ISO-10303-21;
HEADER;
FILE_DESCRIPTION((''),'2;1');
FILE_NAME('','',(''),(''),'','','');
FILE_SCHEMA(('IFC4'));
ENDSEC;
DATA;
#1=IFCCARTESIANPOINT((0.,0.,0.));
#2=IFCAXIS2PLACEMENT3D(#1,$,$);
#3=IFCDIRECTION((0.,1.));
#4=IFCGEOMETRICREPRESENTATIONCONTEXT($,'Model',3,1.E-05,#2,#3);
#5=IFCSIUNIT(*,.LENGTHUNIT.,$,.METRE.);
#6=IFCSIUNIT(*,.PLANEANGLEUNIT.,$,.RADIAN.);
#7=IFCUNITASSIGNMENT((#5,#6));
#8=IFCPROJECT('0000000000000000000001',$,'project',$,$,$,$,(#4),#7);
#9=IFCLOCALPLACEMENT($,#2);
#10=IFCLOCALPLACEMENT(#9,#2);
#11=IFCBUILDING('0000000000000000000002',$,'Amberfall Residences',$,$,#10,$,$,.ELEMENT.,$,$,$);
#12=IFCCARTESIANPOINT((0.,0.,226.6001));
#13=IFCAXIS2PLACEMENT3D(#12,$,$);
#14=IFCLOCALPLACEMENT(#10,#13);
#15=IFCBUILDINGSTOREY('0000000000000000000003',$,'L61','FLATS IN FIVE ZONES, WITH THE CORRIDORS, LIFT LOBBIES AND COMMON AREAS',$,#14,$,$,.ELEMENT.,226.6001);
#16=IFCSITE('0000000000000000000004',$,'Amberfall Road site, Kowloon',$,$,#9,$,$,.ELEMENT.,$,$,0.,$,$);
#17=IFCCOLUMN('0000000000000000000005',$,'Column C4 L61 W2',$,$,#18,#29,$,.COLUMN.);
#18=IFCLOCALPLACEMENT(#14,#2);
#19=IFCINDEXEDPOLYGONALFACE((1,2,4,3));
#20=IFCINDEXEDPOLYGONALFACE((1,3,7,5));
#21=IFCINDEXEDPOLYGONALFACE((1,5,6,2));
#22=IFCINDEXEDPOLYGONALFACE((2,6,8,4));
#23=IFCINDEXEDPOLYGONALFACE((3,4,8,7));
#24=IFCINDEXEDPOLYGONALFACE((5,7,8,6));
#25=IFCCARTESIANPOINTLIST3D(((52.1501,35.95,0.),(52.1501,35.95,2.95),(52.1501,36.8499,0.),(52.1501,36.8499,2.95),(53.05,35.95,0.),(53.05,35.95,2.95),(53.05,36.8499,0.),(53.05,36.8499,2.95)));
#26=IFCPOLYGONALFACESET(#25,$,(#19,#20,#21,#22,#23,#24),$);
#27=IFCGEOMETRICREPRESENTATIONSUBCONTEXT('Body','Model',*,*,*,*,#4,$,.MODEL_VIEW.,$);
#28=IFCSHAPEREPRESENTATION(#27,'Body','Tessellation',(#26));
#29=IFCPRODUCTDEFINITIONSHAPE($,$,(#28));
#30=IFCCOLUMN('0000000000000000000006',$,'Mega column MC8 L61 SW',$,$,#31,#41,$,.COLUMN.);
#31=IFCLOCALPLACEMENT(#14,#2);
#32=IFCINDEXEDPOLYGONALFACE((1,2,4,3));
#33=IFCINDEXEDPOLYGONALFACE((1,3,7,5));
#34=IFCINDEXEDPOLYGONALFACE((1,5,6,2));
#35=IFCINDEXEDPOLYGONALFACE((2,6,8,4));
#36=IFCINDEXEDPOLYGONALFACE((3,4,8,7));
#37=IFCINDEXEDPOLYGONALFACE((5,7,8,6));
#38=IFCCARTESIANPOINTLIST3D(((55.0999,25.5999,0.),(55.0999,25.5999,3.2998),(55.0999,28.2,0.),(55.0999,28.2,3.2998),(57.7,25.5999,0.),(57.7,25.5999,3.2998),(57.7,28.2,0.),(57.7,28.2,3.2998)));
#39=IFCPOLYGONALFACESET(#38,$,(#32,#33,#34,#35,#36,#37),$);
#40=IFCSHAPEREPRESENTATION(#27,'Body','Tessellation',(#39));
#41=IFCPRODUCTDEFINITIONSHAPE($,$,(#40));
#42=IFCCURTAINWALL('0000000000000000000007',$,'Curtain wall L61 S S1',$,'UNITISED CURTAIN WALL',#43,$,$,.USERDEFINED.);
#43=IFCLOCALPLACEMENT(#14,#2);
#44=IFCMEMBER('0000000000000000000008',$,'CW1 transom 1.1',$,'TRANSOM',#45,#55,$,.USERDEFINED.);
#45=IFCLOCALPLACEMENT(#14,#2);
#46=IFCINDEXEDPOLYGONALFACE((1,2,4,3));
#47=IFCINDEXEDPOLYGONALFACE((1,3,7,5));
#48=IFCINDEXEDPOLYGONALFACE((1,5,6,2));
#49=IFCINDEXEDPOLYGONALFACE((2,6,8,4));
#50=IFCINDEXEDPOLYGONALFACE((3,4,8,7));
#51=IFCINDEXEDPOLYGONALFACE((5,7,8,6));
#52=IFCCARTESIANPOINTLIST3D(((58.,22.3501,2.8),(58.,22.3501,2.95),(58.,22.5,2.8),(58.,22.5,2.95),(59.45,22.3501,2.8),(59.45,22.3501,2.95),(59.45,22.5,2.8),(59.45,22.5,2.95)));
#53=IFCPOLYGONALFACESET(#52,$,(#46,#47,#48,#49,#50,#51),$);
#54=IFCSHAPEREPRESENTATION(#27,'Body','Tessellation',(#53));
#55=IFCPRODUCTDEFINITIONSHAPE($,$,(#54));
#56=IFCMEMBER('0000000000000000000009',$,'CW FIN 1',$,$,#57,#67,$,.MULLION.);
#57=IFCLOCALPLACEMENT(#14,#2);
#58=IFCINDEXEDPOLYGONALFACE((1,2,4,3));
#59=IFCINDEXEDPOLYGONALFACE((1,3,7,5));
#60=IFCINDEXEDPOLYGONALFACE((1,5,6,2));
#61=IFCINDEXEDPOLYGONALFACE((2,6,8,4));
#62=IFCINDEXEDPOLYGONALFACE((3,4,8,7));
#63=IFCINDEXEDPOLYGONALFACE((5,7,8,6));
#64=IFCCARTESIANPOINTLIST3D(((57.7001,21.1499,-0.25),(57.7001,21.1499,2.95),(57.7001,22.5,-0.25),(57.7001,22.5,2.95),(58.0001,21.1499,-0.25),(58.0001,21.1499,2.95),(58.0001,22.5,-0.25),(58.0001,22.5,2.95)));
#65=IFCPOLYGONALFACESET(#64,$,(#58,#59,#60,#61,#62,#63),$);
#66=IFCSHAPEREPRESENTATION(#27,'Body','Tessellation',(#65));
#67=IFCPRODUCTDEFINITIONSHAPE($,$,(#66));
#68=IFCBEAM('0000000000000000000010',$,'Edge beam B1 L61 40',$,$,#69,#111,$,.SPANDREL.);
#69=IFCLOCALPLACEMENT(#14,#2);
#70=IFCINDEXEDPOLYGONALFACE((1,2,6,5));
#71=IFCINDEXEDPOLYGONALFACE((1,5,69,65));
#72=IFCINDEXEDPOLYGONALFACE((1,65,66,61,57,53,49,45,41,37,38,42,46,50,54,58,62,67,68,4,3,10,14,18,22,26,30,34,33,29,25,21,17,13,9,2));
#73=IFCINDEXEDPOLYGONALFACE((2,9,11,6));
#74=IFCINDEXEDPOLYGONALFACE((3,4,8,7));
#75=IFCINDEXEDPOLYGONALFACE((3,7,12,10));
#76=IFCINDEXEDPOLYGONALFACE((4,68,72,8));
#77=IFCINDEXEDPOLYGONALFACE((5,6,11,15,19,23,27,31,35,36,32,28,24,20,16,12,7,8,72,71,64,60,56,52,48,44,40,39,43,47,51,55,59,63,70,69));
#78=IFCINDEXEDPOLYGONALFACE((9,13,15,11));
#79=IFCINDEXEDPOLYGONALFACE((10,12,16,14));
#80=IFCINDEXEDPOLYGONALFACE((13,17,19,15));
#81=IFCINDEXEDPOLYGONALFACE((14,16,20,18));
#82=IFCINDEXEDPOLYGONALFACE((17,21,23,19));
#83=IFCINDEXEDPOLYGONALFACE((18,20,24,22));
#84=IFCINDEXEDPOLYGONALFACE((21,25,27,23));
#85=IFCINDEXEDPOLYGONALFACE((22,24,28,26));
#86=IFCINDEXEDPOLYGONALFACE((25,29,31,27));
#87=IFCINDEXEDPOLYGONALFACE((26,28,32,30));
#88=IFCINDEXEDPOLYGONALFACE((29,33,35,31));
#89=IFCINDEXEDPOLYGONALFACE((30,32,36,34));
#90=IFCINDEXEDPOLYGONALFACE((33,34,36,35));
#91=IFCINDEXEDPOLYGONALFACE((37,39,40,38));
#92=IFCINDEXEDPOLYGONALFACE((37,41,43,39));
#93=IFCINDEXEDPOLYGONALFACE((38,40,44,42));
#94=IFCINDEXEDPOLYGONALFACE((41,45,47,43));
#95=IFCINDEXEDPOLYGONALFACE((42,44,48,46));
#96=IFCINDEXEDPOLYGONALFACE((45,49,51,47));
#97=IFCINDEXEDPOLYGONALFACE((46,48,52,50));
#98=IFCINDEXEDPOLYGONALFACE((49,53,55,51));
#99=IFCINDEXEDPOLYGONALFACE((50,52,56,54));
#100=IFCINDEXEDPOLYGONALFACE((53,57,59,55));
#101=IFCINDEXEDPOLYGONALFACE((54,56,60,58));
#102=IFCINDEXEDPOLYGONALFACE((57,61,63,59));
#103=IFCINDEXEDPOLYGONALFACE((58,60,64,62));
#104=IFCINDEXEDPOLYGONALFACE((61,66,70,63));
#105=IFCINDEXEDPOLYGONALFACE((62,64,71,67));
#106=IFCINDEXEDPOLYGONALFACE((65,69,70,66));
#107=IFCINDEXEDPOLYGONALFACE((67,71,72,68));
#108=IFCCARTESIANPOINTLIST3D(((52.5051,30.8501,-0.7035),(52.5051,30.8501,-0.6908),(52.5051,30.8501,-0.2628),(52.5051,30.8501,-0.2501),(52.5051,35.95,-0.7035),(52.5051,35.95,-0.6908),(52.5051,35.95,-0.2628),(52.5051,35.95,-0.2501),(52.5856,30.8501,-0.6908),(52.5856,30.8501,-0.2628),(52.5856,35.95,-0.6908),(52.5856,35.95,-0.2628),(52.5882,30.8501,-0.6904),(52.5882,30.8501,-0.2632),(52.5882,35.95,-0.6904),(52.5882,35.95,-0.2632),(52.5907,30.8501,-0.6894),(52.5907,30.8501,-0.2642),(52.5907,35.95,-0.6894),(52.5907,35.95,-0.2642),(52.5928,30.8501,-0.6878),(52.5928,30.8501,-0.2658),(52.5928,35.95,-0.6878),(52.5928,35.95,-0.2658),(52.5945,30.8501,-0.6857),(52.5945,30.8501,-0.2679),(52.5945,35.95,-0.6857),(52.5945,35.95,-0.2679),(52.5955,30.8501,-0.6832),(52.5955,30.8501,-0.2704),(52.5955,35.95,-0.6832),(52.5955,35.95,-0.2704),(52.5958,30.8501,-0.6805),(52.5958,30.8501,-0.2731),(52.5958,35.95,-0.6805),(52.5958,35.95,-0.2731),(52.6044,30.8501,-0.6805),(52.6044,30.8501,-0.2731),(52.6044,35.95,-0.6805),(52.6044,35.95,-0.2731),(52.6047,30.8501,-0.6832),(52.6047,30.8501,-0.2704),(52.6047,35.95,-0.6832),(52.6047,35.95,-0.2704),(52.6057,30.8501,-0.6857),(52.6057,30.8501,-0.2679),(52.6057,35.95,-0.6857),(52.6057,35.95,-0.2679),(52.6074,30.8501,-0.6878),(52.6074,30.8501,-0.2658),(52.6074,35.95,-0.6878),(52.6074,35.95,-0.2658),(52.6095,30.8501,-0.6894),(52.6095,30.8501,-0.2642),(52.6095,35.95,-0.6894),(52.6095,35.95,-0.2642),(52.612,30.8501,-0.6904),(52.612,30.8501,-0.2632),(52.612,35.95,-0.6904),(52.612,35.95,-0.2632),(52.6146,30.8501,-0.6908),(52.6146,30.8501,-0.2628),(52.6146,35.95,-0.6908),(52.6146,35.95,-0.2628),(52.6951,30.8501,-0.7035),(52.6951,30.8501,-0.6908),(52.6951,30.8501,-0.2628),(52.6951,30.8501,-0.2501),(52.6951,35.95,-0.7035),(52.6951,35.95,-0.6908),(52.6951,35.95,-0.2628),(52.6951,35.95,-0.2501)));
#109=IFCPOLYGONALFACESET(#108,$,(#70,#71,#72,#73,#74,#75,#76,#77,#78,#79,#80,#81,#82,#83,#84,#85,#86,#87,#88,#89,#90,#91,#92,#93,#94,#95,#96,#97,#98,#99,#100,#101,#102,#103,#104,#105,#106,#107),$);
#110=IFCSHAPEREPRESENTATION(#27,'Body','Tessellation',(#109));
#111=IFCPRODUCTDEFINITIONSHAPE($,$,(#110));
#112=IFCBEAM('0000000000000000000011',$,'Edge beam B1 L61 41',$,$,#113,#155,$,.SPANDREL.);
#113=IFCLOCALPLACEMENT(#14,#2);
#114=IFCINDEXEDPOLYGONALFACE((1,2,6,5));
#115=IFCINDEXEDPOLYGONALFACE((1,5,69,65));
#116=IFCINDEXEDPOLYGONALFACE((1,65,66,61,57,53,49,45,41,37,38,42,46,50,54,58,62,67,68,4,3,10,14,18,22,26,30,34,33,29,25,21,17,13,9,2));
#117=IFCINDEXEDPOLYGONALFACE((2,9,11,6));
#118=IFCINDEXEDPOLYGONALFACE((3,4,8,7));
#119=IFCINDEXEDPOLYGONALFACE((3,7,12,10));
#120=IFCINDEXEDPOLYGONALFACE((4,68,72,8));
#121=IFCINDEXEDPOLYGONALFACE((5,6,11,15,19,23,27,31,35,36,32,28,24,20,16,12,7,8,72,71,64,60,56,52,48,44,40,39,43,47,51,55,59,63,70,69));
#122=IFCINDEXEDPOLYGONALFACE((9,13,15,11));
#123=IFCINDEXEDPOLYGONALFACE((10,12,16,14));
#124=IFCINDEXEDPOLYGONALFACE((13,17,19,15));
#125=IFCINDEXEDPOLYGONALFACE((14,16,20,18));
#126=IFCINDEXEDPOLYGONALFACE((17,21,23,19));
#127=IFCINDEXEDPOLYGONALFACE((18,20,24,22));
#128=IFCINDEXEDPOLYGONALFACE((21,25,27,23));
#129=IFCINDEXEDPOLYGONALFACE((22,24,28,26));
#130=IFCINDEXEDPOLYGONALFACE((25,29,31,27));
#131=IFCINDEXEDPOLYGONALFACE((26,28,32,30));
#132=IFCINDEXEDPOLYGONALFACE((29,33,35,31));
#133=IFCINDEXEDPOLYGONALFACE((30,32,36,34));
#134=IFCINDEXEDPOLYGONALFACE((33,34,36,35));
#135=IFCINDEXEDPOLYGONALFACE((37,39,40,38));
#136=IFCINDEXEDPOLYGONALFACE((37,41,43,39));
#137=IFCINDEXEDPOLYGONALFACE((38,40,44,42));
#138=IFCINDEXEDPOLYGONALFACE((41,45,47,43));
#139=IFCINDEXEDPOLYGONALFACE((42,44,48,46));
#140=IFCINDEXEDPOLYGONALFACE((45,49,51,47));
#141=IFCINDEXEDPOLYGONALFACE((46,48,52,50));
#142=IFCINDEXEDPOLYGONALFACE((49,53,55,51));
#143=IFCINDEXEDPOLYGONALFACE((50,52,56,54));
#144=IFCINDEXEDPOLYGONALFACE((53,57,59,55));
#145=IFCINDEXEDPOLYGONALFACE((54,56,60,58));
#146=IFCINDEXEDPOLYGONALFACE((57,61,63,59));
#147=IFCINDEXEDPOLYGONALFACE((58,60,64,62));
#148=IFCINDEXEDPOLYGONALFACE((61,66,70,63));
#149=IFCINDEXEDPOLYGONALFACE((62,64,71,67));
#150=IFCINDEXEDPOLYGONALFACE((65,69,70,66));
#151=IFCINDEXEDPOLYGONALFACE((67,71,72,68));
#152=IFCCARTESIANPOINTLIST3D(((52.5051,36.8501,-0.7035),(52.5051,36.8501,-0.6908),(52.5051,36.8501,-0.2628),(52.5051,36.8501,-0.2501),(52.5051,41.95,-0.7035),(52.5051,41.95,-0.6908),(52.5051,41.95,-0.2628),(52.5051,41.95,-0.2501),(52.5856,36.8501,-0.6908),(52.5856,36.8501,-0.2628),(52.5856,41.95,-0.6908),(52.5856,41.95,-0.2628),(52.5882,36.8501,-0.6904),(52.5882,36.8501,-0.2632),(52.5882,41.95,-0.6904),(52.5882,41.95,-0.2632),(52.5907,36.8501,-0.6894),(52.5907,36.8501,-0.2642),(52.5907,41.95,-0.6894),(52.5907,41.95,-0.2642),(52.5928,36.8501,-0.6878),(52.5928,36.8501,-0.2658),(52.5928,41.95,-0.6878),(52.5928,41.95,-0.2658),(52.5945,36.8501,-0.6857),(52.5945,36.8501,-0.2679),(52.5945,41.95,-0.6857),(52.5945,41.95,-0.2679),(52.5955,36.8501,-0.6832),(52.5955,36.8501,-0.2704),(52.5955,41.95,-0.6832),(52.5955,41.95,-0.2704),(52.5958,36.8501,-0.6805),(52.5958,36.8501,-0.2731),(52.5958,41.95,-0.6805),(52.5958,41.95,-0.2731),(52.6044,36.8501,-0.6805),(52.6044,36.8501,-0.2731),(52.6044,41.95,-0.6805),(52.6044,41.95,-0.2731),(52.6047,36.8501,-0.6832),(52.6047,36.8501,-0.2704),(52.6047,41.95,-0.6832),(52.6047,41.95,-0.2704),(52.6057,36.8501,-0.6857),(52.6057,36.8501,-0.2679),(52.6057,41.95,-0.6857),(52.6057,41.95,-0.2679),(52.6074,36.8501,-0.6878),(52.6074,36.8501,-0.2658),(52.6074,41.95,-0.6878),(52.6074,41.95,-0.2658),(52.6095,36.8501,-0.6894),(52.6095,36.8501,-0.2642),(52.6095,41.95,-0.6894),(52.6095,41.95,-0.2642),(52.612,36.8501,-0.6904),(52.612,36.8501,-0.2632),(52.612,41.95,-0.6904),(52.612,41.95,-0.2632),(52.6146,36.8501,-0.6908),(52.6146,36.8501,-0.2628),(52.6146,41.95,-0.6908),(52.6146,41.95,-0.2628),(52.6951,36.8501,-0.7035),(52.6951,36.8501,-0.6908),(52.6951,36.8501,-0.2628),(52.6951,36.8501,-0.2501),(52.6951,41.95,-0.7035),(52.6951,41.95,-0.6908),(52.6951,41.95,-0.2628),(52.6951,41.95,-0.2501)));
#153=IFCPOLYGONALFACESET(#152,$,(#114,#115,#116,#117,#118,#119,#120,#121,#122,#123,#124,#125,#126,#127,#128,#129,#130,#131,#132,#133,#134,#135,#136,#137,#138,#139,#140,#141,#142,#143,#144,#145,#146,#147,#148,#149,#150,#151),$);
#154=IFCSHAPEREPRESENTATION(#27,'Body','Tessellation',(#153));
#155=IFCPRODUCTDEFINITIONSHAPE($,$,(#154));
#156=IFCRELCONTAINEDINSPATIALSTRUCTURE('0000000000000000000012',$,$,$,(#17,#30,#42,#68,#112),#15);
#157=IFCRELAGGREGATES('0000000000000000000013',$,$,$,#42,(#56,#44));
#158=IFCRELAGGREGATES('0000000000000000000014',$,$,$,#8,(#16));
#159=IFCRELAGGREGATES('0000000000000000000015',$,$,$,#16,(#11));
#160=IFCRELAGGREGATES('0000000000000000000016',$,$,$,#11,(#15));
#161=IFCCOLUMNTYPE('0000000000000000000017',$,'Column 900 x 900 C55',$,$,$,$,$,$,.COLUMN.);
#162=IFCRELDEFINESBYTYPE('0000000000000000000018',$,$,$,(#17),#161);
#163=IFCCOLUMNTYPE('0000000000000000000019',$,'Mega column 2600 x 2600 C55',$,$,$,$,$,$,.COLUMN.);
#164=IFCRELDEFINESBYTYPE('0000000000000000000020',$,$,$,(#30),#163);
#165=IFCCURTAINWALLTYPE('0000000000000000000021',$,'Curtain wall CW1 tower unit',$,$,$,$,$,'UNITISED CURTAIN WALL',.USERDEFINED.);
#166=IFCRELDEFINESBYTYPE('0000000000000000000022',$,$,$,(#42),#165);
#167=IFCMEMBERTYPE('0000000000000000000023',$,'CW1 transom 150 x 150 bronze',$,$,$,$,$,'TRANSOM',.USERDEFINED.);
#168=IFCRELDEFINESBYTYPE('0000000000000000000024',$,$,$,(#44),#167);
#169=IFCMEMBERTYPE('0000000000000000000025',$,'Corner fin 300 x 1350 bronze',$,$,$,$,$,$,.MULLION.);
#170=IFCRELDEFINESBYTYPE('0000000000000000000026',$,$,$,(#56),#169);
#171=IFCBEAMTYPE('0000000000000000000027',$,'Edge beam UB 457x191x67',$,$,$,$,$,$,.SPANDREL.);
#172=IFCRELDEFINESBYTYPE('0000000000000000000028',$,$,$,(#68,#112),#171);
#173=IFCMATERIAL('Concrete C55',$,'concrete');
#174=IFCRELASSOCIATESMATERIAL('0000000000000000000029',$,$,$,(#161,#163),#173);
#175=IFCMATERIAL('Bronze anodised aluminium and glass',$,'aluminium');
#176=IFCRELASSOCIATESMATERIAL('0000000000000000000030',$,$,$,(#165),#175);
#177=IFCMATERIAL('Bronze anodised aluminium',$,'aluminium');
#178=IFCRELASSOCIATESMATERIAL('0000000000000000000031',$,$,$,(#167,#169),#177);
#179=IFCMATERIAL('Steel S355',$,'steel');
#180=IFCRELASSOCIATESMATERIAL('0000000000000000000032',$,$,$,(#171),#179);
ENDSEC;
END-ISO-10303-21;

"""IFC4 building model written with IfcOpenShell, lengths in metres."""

from ifc_helpers import new_model, si_unit, direction, frame, origin, origin_2d, place, context, subcontext, project, spatial, rectangle, i_section, extrude, material, material_profile, profile_set, type_object, element, aggregate, save


model = new_model("IFC4")

# Units and contexts
model_context = context("Model", 3, precision=1e-05, world=origin(), true_north=direction((0.0, 1.0)))
body_context = subcontext(model_context, "Body", "Model", "MODEL_VIEW")
ifc_project = project(units=[si_unit("LENGTHUNIT", "METRE"), si_unit("PLANEANGLEUNIT", "RADIAN")], contexts=[model_context])

# Site, building, storey
site_placement = place(None, origin())
site = spatial("IfcSite", under=ifc_project, at=site_placement, Name="Amberfall Road site, Kowloon", CompositionType="ELEMENT", RefElevation=0.0)
building_placement = place(site_placement, origin())
building = spatial("IfcBuilding", under=site, at=building_placement, Name="Amberfall Residences", CompositionType="ELEMENT")
storey_placement = place(building_placement, frame((0.0, 0.0, 226.6001)))
storey = spatial("IfcBuildingStorey", under=building, at=storey_placement, Name="L61", Description="FLATS IN FIVE ZONES, WITH THE CORRIDORS, LIFT LOBBIES AND COMMON AREAS", CompositionType="ELEMENT", Elevation=226.6001)

# Columns
ifc_material_1 = material(Name="Concrete C55", Category="concrete")
ifc_material_profile_1 = material_profile(ifc_material_1, rectangle(XDim=0.8999, YDim=0.8999, at=origin_2d()), Name="Column 900 x 900 C55")
ifc_profile_set_1 = profile_set([ifc_material_profile_1], Name="Concrete C55")
column_type_1 = type_object("IfcColumnType", Name="Column 900 x 900 C55", PredefinedType="COLUMN", material=ifc_profile_set_1)
column_1_placement = place(storey_placement, frame((52.6001, 36.3999, 0.0), z_axis=(0.0, 0.0, 1.0), x_axis=(1.0, 0.0, 0.0)))
element("IfcColumn", 1, at=column_1_placement, inside=storey, type_object=column_type_1, Name="Column C4 L61 W2", PredefinedType="COLUMN", context=body_context, shape_type="SweptSolid", body=[
    extrude(rectangle(XDim=0.8999, YDim=0.8999, at=origin_2d()), origin(), (0.0, 0.0, 1.0), 2.95),
])
ifc_material_profile_2 = material_profile(ifc_material_1, rectangle(XDim=2.6001, YDim=2.6001, at=origin_2d()), Name="Mega column 2600 x 2600 C55")
ifc_profile_set_2 = profile_set([ifc_material_profile_2], Name="Concrete C55")
column_type_2 = type_object("IfcColumnType", Name="Mega column 2600 x 2600 C55", PredefinedType="COLUMN", material=ifc_profile_set_2)
column_2_placement = place(storey_placement, frame((56.3999, 26.8999, 0.0), z_axis=(0.0, 0.0, 1.0), x_axis=(1.0, 0.0, 0.0)))
element("IfcColumn", 2, at=column_2_placement, inside=storey, type_object=column_type_2, Name="Mega column MC8 L61 SW", PredefinedType="COLUMN", context=body_context, shape_type="SweptSolid", body=[
    extrude(rectangle(XDim=2.6001, YDim=2.6001, at=origin_2d()), origin(), (0.0, 0.0, 1.0), 3.2998),
])

# Curtain wall, members
ifc_material_2 = material(Name="Bronze anodised aluminium and glass", Category="aluminium")
curtain_wall_type = type_object("IfcCurtainWallType", Name="Curtain wall CW1 tower unit", ElementType="UNITISED CURTAIN WALL", PredefinedType="USERDEFINED", material=ifc_material_2)
curtain_wall_placement = place(storey_placement, origin())
curtain_wall = element("IfcCurtainWall", 3, at=curtain_wall_placement, inside=storey, type_object=curtain_wall_type, Name="Curtain wall L61 S S1", ObjectType="UNITISED CURTAIN WALL", PredefinedType="USERDEFINED")
ifc_material_3 = material(Name="Bronze anodised aluminium", Category="aluminium")
ifc_material_profile_3 = material_profile(ifc_material_3, rectangle(XDim=0.1499, YDim=0.1499, at=origin_2d()), Name="CW1 transom 150 x 150 bronze")
ifc_profile_set_3 = profile_set([ifc_material_profile_3], Name="Bronze anodised aluminium")
member_type_1 = type_object("IfcMemberType", Name="CW1 transom 150 x 150 bronze", ElementType="TRANSOM", PredefinedType="USERDEFINED", material=ifc_profile_set_3)
member_1_placement = place(storey_placement, frame((58.0, 22.425, 2.875), z_axis=(1.0, 0.0, 0.0), x_axis=(0.0, 1.0, 0.0)))
member_1 = element("IfcMember", 4, at=member_1_placement, type_object=member_type_1, Name="CW1 transom 1.1", ObjectType="TRANSOM", PredefinedType="USERDEFINED", context=body_context, shape_type="SweptSolid", body=[
    extrude(rectangle(XDim=0.1499, YDim=0.1499, at=origin_2d()), origin(), (0.0, 0.0, 1.0), 1.45),
])
ifc_material_profile_4 = material_profile(ifc_material_3, rectangle(XDim=1.3501, YDim=0.3, at=origin_2d()), Name="Corner fin 300 x 1350 bronze")
ifc_profile_set_4 = profile_set([ifc_material_profile_4], Name="Bronze anodised aluminium")
member_type_2 = type_object("IfcMemberType", Name="Corner fin 300 x 1350 bronze", PredefinedType="MULLION", material=ifc_profile_set_4)
member_2_placement = place(storey_placement, frame((57.8501, 21.825, -0.25), z_axis=(0.0, 0.0, 1.0), x_axis=(0.0, 1.0, 0.0)))
member_2 = element("IfcMember", 5, at=member_2_placement, type_object=member_type_2, Name="CW FIN 1", PredefinedType="MULLION", context=body_context, shape_type="SweptSolid", body=[
    extrude(rectangle(XDim=1.3501, YDim=0.3, at=origin_2d()), origin(), (0.0, 0.0, 1.0), 3.2),
])
aggregate(curtain_wall, [member_2, member_1])

# Beams
ifc_material_4 = material(Name="Steel S355", Category="steel")
ifc_material_profile_5 = material_profile(ifc_material_4, i_section(OverallWidth=0.1899, OverallDepth=0.4534, WebThickness=0.0085, FlangeThickness=0.0127, FilletRadius=0.0103, at=origin_2d()), Name="UB 457x191x67")
ifc_profile_set_5 = profile_set([ifc_material_profile_5], Name="Steel S355")
beam_type_1 = type_object("IfcBeamType", Name="Edge beam UB 457x191x67", PredefinedType="SPANDREL", material=ifc_profile_set_5)
for number, where, z_axis, x_axis, name in (
    (6, (52.6001, 30.8501, -0.4768), (0.0, 1.0, 0.0), (-1.0, 0.0, 0.0), "Edge beam B1 L61 40"),
    (7, (52.6001, 36.8501, -0.4768), (0.0, 1.0, 0.0), (-1.0, 0.0, 0.0), "Edge beam B1 L61 41"),
):
    element("IfcBeam", number, at=place(storey_placement, frame(where, z_axis=z_axis, x_axis=x_axis)), inside=storey, type_object=beam_type_1, Name=name, PredefinedType="SPANDREL", context=body_context, shape_type="SweptSolid", body=[
        extrude(i_section(OverallWidth=0.1899, OverallDepth=0.4534, WebThickness=0.0085, FlangeThickness=0.0127, FilletRadius=0.0103, at=origin_2d()), origin(), (0.0, 0.0, 1.0), 5.0999),
    ])

save(model, "model.ifc")
